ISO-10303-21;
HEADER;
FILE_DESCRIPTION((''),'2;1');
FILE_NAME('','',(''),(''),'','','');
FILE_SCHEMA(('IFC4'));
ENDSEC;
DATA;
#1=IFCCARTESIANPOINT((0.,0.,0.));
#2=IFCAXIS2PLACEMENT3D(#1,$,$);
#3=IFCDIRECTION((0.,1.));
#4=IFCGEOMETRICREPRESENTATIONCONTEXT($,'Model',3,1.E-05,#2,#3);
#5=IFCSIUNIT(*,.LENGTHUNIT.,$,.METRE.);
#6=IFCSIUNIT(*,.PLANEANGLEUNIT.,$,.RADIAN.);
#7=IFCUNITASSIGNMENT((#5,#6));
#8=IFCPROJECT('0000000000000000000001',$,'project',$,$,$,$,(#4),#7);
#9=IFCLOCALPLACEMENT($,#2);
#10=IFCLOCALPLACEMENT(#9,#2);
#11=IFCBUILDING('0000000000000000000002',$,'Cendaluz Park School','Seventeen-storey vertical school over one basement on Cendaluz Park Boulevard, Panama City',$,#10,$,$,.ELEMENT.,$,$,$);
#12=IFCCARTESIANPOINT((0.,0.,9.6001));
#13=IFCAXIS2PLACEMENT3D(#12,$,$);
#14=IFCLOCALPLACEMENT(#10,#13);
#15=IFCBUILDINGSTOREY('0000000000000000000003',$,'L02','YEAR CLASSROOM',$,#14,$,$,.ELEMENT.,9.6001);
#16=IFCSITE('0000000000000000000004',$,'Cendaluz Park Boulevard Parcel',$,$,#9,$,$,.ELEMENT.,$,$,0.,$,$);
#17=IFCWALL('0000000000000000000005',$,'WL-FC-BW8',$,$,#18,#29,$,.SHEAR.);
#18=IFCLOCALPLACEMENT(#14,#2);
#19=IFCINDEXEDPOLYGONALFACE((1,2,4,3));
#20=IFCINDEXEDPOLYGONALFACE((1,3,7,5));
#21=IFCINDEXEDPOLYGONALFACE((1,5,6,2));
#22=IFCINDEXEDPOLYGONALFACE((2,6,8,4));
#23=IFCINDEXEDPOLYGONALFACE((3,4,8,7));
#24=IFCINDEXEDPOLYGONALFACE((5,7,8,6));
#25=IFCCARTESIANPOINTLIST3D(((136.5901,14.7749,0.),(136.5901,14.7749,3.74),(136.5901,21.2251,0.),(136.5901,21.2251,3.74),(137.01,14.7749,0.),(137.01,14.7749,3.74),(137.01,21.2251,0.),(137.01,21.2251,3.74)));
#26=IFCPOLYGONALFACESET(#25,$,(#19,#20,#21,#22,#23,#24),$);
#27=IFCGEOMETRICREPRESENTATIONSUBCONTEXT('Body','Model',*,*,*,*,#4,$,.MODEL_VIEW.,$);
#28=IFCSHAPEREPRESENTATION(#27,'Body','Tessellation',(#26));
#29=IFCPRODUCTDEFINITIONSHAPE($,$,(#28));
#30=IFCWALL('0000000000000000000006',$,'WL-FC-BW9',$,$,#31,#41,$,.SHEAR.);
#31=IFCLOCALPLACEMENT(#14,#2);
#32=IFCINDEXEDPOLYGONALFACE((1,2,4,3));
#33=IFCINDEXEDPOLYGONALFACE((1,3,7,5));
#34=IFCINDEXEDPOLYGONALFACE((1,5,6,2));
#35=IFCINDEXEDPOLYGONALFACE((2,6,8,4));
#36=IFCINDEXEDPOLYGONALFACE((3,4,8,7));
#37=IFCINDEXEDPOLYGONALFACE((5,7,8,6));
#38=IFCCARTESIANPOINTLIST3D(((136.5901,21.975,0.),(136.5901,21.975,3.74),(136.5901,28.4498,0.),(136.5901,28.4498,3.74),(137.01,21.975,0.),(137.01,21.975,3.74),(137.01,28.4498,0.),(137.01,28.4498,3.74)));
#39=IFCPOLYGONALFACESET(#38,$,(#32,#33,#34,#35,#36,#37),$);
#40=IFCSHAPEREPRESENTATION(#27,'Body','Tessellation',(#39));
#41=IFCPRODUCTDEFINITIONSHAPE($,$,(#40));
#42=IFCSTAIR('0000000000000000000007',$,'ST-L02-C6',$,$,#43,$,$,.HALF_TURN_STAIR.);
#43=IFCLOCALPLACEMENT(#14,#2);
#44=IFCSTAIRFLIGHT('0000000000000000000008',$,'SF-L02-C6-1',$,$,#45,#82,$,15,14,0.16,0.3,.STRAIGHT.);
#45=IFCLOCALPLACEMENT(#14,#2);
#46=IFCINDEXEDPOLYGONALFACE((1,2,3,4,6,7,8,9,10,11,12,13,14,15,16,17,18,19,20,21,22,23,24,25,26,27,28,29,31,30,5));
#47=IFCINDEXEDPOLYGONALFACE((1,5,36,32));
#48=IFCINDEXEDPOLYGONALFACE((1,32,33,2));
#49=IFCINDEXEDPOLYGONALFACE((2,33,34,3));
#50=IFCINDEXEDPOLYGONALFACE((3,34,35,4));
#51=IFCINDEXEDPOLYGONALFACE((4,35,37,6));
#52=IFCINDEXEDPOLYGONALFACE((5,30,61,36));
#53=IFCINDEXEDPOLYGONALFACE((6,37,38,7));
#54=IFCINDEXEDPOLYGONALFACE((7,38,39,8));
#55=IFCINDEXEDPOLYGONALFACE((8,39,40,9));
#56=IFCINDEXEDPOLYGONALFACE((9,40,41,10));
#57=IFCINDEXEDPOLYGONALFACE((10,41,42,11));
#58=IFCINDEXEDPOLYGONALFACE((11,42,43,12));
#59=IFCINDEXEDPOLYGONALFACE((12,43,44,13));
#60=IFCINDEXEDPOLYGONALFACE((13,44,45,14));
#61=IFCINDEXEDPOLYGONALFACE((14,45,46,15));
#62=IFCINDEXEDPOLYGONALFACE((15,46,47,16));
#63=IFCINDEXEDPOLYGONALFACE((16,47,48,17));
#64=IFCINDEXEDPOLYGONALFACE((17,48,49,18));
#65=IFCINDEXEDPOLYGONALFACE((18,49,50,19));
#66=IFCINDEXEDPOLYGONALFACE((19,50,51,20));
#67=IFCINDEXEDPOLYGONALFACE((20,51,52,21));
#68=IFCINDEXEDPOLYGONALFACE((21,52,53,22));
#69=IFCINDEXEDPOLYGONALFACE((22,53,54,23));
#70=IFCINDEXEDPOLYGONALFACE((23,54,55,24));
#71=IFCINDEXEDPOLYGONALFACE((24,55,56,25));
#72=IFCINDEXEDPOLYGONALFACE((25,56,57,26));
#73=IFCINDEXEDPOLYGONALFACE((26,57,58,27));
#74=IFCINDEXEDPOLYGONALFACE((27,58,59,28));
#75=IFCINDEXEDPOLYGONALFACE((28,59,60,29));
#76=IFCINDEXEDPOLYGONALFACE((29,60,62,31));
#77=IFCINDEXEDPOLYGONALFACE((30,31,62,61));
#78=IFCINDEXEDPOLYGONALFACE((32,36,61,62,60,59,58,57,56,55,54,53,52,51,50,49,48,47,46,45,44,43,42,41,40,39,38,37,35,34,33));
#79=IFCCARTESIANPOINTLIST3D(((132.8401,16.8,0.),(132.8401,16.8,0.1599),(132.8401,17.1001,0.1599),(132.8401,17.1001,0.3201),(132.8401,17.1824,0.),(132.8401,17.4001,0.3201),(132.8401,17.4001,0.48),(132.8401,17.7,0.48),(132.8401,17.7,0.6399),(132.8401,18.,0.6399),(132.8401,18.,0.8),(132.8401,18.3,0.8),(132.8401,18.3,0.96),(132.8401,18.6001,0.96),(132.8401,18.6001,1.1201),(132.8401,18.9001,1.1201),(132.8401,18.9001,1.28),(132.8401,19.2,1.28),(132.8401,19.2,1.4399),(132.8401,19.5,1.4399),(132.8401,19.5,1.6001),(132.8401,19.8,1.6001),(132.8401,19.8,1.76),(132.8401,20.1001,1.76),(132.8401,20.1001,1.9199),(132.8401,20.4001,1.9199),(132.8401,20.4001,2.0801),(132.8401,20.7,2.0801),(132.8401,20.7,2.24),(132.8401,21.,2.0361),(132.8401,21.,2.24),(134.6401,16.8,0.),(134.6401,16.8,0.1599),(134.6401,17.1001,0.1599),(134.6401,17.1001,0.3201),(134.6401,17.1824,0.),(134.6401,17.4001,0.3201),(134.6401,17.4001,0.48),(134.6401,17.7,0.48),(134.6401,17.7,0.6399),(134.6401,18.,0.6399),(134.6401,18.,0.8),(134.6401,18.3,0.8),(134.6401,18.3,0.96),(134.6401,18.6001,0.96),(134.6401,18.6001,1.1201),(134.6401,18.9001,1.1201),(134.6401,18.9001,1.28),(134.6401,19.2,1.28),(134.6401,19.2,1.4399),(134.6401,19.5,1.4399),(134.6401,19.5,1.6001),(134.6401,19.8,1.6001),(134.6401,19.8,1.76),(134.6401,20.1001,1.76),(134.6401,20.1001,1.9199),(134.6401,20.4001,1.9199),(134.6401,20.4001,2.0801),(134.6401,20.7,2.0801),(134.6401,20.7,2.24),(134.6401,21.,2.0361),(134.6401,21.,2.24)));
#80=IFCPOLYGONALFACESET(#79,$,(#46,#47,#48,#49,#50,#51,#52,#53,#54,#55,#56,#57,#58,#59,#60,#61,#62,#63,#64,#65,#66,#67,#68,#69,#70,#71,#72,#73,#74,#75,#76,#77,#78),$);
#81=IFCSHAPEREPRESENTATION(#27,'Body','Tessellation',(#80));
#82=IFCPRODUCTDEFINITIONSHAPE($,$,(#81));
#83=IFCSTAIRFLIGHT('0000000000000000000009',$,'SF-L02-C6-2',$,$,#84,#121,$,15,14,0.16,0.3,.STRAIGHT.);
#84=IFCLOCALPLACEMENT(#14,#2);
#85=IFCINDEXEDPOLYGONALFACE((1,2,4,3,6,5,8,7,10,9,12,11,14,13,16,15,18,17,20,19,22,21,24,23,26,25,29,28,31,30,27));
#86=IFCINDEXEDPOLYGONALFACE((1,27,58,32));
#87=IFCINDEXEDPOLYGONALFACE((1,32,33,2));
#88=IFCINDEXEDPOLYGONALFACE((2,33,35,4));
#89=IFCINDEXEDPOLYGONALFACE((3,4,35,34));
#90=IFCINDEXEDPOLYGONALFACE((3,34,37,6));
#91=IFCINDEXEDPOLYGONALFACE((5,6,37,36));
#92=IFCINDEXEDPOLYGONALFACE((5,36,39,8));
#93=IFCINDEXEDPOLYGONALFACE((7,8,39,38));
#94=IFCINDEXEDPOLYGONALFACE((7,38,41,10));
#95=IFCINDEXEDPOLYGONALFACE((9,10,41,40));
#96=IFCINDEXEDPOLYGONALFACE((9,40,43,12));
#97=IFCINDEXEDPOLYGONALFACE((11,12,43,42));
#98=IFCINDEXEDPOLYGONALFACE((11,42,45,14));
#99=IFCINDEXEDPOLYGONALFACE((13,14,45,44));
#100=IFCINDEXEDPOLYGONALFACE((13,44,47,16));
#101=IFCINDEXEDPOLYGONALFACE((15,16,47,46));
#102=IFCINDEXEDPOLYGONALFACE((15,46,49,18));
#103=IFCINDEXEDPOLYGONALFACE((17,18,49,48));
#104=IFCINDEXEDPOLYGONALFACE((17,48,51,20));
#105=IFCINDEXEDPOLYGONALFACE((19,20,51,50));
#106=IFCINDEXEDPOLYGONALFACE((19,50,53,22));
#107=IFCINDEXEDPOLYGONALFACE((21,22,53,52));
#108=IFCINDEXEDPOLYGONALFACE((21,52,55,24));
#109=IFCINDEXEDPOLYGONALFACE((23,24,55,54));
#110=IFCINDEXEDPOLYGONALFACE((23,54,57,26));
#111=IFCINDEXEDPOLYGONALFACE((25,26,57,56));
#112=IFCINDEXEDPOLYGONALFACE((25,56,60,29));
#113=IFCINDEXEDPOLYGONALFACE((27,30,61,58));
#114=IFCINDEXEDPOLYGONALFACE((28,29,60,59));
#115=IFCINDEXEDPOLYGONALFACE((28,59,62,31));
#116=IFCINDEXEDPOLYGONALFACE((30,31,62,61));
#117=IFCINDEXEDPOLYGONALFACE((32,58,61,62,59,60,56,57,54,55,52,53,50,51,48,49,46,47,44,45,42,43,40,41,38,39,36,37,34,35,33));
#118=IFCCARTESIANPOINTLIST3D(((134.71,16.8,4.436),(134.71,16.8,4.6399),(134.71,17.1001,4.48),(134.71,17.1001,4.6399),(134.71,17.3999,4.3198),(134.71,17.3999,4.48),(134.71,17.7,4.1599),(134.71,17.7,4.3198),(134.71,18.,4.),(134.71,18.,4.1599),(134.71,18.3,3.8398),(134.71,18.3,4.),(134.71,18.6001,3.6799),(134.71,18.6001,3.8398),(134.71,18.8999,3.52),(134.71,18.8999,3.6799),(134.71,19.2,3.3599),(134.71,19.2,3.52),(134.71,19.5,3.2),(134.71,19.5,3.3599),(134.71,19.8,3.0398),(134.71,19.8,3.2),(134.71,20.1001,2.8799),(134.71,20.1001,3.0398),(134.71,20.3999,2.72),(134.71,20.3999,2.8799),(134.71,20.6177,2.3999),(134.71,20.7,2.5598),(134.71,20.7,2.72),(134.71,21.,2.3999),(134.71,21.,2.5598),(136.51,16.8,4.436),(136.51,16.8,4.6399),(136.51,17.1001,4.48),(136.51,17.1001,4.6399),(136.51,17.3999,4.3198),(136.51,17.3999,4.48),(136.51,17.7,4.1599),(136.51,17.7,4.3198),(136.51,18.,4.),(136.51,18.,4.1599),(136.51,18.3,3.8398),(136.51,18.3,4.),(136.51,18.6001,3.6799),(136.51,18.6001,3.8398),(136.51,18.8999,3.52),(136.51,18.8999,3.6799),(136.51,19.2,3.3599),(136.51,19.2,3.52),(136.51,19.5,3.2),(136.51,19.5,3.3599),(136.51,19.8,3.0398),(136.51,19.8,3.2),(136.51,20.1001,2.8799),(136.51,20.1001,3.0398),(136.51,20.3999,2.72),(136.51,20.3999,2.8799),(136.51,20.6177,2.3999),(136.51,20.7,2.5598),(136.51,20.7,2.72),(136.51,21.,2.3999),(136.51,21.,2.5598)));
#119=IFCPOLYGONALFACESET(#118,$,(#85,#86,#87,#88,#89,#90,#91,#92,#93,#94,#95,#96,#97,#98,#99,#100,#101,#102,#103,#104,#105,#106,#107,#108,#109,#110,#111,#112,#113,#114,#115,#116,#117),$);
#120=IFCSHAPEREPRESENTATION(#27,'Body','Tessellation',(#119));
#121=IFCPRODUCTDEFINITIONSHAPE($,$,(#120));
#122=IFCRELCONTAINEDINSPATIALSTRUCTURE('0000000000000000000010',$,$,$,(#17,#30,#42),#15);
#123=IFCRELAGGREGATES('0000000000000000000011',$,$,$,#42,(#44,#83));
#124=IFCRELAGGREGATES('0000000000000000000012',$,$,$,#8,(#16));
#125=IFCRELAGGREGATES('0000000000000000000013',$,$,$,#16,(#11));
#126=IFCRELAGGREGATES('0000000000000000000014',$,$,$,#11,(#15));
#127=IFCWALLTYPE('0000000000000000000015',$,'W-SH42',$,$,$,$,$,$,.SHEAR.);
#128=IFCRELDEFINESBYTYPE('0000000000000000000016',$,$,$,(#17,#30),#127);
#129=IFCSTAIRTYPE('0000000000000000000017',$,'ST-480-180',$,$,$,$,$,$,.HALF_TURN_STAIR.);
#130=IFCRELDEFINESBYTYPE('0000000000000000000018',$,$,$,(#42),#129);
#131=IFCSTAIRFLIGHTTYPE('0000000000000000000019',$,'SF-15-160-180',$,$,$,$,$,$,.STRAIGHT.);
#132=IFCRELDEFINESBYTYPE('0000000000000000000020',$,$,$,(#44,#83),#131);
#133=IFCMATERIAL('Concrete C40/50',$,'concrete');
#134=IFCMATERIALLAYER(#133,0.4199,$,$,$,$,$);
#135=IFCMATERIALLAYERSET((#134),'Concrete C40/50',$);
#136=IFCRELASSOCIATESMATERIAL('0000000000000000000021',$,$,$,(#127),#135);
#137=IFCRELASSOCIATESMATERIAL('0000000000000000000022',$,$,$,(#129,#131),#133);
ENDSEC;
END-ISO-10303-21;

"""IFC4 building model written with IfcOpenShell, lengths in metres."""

from ifc_helpers import new_model, si_unit, direction, frame, frame_2d, origin, place, context, subcontext, project, spatial, polyline, rectangle, outline, extrude, material, layer, layer_set, type_object, element, aggregate, save


model = new_model("IFC4")

# Units and contexts
model_context = context("Model", 3, precision=1e-05, world=origin(), true_north=direction((0.0, 1.0)))
body_context = subcontext(model_context, "Body", "Model", "MODEL_VIEW")
ifc_project = project(units=[si_unit("LENGTHUNIT", "METRE"), si_unit("PLANEANGLEUNIT", "RADIAN")], contexts=[model_context])

# Site, building, storey
site_placement = place(None, origin())
site = spatial("IfcSite", under=ifc_project, at=site_placement, Name="Cendaluz Park Boulevard Parcel", CompositionType="ELEMENT", RefElevation=0.0)
building_placement = place(site_placement, origin())
building = spatial("IfcBuilding", under=site, at=building_placement, Name="Cendaluz Park School", Description="Seventeen-storey vertical school over one basement on Cendaluz Park Boulevard, Panama City", CompositionType="ELEMENT")
storey_placement = place(building_placement, frame((0.0, 0.0, 9.6001)))
storey = spatial("IfcBuildingStorey", under=building, at=storey_placement, Name="L02", Description="YEAR CLASSROOM", CompositionType="ELEMENT", Elevation=9.6001)

# Shared definitions
ifc_material_1 = material(Name="Concrete C40/50", Category="concrete")

# Walls
ifc_layer_1 = layer(ifc_material_1, 0.4199)
ifc_layer_set_1 = layer_set([ifc_layer_1], Name="Concrete C40/50")
wall_type_1 = type_object("IfcWallType", Name="W-SH42", PredefinedType="SHEAR", material=ifc_layer_set_1)
wall_1_placement = place(storey_placement, frame((136.8, 14.7749, 0.0), z_axis=(0.0, 0.0, 1.0), x_axis=(0.0, 1.0, 0.0)))
element("IfcWall", 1, at=wall_1_placement, inside=storey, type_object=wall_type_1, Name="WL-FC-BW8", PredefinedType="SHEAR", context=body_context, shape_type="SweptSolid", body=[
    extrude(rectangle(XDim=6.4502, YDim=0.4199, at=frame_2d((3.2251, 0.0))), origin(), (0.0, 0.0, 1.0), 3.74),
])
wall_2_placement = place(storey_placement, frame((136.8, 21.9751, 0.0), z_axis=(0.0, 0.0, 1.0), x_axis=(0.0, 1.0, 0.0)))
element("IfcWall", 2, at=wall_2_placement, inside=storey, type_object=wall_type_1, Name="WL-FC-BW9", PredefinedType="SHEAR", context=body_context, shape_type="SweptSolid", body=[
    extrude(rectangle(XDim=6.4749, YDim=0.4199, at=frame_2d((3.2373, 0.0))), origin(), (0.0, 0.0, 1.0), 3.74),
])

# Stair, stair flights
stair_type = type_object("IfcStairType", Name="ST-480-180", PredefinedType="HALF_TURN_STAIR", material=ifc_material_1)
stair_placement = place(storey_placement, origin())
stair = element("IfcStair", 3, at=stair_placement, inside=storey, type_object=stair_type, Name="ST-L02-C6", PredefinedType="HALF_TURN_STAIR")
stair_flight_type = type_object("IfcStairFlightType", Name="SF-15-160-180", PredefinedType="STRAIGHT", material=ifc_material_1)
stair_flight_1_placement = place(storey_placement, frame((133.74, 16.8, 0.0), z_axis=(0.0, 0.0, 1.0), x_axis=(0.0, 1.0, 0.0)))
stair_flight_1 = element("IfcStairFlight", 4, at=stair_flight_1_placement, type_object=stair_flight_type, Name="SF-L02-C6-1", NumberOfRisers=15, NumberOfTreads=14, PredefinedType="STRAIGHT", RiserHeight=0.16, TreadLength=0.3, context=body_context, shape_type="SweptSolid", body=[
    extrude(outline(polyline([(0.0, 0.0), (0.0, 0.1599), (0.3, 0.1599), (0.3, 0.3201), (0.6001, 0.3201), (0.6001, 0.48), (0.8999, 0.48), (0.8999, 0.6399), (1.2, 0.6399), (1.2, 0.8), (1.5, 0.8), (1.5, 0.96), (1.8, 0.96), (1.8, 1.1201), (2.1001, 1.1201), (2.1001, 1.28), (2.3999, 1.28), (2.3999, 1.4399), (2.7, 1.4399), (2.7, 1.6001), (3.0, 1.6001), (3.0, 1.76), (3.3, 1.76), (3.3, 1.9199), (3.6001, 1.9199), (3.6001, 2.0801), (3.8999, 2.0801), (3.8999, 2.24), (4.2, 2.24), (4.2, 2.3999), (4.2, 2.0361), (0.3823, 0.0), (0.0, 0.0)])), frame((0.0, 0.8999, 0.0), z_axis=(0.0, -1.0, 0.0), x_axis=(1.0, 0.0, 0.0)), (0.0, 0.0, 1.0), 1.8),
])
stair_flight_2_placement = place(storey_placement, frame((135.6101, 21.0, 2.3999), z_axis=(0.0, 0.0, 1.0), x_axis=(0.0, -1.0, 0.0)))
stair_flight_2 = element("IfcStairFlight", 5, at=stair_flight_2_placement, type_object=stair_flight_type, Name="SF-L02-C6-2", NumberOfRisers=15, NumberOfTreads=14, PredefinedType="STRAIGHT", RiserHeight=0.16, TreadLength=0.3, context=body_context, shape_type="SweptSolid", body=[
    extrude(outline(polyline([(0.0, 0.0), (0.0, 0.1599), (0.3, 0.1599), (0.3, 0.3201), (0.6001, 0.3201), (0.6001, 0.48), (0.8999, 0.48), (0.8999, 0.6399), (1.2, 0.6399), (1.2, 0.8), (1.5, 0.8), (1.5, 0.96), (1.8, 0.96), (1.8, 1.1201), (2.1001, 1.1201), (2.1001, 1.28), (2.3999, 1.28), (2.3999, 1.4399), (2.7, 1.4399), (2.7, 1.6001), (3.0, 1.6001), (3.0, 1.76), (3.3, 1.76), (3.3, 1.9199), (3.6001, 1.9199), (3.6001, 2.0801), (3.8999, 2.0801), (3.8999, 2.24), (4.2, 2.24), (4.2, 2.3999), (4.2, 2.0361), (0.3823, 0.0), (0.0, 0.0)])), frame((0.0, 0.8999, 0.0), z_axis=(0.0, -1.0, 0.0), x_axis=(1.0, 0.0, 0.0)), (0.0, 0.0, 1.0), 1.8),
])
aggregate(stair, [stair_flight_1, stair_flight_2])

save(model, "model.ifc")
